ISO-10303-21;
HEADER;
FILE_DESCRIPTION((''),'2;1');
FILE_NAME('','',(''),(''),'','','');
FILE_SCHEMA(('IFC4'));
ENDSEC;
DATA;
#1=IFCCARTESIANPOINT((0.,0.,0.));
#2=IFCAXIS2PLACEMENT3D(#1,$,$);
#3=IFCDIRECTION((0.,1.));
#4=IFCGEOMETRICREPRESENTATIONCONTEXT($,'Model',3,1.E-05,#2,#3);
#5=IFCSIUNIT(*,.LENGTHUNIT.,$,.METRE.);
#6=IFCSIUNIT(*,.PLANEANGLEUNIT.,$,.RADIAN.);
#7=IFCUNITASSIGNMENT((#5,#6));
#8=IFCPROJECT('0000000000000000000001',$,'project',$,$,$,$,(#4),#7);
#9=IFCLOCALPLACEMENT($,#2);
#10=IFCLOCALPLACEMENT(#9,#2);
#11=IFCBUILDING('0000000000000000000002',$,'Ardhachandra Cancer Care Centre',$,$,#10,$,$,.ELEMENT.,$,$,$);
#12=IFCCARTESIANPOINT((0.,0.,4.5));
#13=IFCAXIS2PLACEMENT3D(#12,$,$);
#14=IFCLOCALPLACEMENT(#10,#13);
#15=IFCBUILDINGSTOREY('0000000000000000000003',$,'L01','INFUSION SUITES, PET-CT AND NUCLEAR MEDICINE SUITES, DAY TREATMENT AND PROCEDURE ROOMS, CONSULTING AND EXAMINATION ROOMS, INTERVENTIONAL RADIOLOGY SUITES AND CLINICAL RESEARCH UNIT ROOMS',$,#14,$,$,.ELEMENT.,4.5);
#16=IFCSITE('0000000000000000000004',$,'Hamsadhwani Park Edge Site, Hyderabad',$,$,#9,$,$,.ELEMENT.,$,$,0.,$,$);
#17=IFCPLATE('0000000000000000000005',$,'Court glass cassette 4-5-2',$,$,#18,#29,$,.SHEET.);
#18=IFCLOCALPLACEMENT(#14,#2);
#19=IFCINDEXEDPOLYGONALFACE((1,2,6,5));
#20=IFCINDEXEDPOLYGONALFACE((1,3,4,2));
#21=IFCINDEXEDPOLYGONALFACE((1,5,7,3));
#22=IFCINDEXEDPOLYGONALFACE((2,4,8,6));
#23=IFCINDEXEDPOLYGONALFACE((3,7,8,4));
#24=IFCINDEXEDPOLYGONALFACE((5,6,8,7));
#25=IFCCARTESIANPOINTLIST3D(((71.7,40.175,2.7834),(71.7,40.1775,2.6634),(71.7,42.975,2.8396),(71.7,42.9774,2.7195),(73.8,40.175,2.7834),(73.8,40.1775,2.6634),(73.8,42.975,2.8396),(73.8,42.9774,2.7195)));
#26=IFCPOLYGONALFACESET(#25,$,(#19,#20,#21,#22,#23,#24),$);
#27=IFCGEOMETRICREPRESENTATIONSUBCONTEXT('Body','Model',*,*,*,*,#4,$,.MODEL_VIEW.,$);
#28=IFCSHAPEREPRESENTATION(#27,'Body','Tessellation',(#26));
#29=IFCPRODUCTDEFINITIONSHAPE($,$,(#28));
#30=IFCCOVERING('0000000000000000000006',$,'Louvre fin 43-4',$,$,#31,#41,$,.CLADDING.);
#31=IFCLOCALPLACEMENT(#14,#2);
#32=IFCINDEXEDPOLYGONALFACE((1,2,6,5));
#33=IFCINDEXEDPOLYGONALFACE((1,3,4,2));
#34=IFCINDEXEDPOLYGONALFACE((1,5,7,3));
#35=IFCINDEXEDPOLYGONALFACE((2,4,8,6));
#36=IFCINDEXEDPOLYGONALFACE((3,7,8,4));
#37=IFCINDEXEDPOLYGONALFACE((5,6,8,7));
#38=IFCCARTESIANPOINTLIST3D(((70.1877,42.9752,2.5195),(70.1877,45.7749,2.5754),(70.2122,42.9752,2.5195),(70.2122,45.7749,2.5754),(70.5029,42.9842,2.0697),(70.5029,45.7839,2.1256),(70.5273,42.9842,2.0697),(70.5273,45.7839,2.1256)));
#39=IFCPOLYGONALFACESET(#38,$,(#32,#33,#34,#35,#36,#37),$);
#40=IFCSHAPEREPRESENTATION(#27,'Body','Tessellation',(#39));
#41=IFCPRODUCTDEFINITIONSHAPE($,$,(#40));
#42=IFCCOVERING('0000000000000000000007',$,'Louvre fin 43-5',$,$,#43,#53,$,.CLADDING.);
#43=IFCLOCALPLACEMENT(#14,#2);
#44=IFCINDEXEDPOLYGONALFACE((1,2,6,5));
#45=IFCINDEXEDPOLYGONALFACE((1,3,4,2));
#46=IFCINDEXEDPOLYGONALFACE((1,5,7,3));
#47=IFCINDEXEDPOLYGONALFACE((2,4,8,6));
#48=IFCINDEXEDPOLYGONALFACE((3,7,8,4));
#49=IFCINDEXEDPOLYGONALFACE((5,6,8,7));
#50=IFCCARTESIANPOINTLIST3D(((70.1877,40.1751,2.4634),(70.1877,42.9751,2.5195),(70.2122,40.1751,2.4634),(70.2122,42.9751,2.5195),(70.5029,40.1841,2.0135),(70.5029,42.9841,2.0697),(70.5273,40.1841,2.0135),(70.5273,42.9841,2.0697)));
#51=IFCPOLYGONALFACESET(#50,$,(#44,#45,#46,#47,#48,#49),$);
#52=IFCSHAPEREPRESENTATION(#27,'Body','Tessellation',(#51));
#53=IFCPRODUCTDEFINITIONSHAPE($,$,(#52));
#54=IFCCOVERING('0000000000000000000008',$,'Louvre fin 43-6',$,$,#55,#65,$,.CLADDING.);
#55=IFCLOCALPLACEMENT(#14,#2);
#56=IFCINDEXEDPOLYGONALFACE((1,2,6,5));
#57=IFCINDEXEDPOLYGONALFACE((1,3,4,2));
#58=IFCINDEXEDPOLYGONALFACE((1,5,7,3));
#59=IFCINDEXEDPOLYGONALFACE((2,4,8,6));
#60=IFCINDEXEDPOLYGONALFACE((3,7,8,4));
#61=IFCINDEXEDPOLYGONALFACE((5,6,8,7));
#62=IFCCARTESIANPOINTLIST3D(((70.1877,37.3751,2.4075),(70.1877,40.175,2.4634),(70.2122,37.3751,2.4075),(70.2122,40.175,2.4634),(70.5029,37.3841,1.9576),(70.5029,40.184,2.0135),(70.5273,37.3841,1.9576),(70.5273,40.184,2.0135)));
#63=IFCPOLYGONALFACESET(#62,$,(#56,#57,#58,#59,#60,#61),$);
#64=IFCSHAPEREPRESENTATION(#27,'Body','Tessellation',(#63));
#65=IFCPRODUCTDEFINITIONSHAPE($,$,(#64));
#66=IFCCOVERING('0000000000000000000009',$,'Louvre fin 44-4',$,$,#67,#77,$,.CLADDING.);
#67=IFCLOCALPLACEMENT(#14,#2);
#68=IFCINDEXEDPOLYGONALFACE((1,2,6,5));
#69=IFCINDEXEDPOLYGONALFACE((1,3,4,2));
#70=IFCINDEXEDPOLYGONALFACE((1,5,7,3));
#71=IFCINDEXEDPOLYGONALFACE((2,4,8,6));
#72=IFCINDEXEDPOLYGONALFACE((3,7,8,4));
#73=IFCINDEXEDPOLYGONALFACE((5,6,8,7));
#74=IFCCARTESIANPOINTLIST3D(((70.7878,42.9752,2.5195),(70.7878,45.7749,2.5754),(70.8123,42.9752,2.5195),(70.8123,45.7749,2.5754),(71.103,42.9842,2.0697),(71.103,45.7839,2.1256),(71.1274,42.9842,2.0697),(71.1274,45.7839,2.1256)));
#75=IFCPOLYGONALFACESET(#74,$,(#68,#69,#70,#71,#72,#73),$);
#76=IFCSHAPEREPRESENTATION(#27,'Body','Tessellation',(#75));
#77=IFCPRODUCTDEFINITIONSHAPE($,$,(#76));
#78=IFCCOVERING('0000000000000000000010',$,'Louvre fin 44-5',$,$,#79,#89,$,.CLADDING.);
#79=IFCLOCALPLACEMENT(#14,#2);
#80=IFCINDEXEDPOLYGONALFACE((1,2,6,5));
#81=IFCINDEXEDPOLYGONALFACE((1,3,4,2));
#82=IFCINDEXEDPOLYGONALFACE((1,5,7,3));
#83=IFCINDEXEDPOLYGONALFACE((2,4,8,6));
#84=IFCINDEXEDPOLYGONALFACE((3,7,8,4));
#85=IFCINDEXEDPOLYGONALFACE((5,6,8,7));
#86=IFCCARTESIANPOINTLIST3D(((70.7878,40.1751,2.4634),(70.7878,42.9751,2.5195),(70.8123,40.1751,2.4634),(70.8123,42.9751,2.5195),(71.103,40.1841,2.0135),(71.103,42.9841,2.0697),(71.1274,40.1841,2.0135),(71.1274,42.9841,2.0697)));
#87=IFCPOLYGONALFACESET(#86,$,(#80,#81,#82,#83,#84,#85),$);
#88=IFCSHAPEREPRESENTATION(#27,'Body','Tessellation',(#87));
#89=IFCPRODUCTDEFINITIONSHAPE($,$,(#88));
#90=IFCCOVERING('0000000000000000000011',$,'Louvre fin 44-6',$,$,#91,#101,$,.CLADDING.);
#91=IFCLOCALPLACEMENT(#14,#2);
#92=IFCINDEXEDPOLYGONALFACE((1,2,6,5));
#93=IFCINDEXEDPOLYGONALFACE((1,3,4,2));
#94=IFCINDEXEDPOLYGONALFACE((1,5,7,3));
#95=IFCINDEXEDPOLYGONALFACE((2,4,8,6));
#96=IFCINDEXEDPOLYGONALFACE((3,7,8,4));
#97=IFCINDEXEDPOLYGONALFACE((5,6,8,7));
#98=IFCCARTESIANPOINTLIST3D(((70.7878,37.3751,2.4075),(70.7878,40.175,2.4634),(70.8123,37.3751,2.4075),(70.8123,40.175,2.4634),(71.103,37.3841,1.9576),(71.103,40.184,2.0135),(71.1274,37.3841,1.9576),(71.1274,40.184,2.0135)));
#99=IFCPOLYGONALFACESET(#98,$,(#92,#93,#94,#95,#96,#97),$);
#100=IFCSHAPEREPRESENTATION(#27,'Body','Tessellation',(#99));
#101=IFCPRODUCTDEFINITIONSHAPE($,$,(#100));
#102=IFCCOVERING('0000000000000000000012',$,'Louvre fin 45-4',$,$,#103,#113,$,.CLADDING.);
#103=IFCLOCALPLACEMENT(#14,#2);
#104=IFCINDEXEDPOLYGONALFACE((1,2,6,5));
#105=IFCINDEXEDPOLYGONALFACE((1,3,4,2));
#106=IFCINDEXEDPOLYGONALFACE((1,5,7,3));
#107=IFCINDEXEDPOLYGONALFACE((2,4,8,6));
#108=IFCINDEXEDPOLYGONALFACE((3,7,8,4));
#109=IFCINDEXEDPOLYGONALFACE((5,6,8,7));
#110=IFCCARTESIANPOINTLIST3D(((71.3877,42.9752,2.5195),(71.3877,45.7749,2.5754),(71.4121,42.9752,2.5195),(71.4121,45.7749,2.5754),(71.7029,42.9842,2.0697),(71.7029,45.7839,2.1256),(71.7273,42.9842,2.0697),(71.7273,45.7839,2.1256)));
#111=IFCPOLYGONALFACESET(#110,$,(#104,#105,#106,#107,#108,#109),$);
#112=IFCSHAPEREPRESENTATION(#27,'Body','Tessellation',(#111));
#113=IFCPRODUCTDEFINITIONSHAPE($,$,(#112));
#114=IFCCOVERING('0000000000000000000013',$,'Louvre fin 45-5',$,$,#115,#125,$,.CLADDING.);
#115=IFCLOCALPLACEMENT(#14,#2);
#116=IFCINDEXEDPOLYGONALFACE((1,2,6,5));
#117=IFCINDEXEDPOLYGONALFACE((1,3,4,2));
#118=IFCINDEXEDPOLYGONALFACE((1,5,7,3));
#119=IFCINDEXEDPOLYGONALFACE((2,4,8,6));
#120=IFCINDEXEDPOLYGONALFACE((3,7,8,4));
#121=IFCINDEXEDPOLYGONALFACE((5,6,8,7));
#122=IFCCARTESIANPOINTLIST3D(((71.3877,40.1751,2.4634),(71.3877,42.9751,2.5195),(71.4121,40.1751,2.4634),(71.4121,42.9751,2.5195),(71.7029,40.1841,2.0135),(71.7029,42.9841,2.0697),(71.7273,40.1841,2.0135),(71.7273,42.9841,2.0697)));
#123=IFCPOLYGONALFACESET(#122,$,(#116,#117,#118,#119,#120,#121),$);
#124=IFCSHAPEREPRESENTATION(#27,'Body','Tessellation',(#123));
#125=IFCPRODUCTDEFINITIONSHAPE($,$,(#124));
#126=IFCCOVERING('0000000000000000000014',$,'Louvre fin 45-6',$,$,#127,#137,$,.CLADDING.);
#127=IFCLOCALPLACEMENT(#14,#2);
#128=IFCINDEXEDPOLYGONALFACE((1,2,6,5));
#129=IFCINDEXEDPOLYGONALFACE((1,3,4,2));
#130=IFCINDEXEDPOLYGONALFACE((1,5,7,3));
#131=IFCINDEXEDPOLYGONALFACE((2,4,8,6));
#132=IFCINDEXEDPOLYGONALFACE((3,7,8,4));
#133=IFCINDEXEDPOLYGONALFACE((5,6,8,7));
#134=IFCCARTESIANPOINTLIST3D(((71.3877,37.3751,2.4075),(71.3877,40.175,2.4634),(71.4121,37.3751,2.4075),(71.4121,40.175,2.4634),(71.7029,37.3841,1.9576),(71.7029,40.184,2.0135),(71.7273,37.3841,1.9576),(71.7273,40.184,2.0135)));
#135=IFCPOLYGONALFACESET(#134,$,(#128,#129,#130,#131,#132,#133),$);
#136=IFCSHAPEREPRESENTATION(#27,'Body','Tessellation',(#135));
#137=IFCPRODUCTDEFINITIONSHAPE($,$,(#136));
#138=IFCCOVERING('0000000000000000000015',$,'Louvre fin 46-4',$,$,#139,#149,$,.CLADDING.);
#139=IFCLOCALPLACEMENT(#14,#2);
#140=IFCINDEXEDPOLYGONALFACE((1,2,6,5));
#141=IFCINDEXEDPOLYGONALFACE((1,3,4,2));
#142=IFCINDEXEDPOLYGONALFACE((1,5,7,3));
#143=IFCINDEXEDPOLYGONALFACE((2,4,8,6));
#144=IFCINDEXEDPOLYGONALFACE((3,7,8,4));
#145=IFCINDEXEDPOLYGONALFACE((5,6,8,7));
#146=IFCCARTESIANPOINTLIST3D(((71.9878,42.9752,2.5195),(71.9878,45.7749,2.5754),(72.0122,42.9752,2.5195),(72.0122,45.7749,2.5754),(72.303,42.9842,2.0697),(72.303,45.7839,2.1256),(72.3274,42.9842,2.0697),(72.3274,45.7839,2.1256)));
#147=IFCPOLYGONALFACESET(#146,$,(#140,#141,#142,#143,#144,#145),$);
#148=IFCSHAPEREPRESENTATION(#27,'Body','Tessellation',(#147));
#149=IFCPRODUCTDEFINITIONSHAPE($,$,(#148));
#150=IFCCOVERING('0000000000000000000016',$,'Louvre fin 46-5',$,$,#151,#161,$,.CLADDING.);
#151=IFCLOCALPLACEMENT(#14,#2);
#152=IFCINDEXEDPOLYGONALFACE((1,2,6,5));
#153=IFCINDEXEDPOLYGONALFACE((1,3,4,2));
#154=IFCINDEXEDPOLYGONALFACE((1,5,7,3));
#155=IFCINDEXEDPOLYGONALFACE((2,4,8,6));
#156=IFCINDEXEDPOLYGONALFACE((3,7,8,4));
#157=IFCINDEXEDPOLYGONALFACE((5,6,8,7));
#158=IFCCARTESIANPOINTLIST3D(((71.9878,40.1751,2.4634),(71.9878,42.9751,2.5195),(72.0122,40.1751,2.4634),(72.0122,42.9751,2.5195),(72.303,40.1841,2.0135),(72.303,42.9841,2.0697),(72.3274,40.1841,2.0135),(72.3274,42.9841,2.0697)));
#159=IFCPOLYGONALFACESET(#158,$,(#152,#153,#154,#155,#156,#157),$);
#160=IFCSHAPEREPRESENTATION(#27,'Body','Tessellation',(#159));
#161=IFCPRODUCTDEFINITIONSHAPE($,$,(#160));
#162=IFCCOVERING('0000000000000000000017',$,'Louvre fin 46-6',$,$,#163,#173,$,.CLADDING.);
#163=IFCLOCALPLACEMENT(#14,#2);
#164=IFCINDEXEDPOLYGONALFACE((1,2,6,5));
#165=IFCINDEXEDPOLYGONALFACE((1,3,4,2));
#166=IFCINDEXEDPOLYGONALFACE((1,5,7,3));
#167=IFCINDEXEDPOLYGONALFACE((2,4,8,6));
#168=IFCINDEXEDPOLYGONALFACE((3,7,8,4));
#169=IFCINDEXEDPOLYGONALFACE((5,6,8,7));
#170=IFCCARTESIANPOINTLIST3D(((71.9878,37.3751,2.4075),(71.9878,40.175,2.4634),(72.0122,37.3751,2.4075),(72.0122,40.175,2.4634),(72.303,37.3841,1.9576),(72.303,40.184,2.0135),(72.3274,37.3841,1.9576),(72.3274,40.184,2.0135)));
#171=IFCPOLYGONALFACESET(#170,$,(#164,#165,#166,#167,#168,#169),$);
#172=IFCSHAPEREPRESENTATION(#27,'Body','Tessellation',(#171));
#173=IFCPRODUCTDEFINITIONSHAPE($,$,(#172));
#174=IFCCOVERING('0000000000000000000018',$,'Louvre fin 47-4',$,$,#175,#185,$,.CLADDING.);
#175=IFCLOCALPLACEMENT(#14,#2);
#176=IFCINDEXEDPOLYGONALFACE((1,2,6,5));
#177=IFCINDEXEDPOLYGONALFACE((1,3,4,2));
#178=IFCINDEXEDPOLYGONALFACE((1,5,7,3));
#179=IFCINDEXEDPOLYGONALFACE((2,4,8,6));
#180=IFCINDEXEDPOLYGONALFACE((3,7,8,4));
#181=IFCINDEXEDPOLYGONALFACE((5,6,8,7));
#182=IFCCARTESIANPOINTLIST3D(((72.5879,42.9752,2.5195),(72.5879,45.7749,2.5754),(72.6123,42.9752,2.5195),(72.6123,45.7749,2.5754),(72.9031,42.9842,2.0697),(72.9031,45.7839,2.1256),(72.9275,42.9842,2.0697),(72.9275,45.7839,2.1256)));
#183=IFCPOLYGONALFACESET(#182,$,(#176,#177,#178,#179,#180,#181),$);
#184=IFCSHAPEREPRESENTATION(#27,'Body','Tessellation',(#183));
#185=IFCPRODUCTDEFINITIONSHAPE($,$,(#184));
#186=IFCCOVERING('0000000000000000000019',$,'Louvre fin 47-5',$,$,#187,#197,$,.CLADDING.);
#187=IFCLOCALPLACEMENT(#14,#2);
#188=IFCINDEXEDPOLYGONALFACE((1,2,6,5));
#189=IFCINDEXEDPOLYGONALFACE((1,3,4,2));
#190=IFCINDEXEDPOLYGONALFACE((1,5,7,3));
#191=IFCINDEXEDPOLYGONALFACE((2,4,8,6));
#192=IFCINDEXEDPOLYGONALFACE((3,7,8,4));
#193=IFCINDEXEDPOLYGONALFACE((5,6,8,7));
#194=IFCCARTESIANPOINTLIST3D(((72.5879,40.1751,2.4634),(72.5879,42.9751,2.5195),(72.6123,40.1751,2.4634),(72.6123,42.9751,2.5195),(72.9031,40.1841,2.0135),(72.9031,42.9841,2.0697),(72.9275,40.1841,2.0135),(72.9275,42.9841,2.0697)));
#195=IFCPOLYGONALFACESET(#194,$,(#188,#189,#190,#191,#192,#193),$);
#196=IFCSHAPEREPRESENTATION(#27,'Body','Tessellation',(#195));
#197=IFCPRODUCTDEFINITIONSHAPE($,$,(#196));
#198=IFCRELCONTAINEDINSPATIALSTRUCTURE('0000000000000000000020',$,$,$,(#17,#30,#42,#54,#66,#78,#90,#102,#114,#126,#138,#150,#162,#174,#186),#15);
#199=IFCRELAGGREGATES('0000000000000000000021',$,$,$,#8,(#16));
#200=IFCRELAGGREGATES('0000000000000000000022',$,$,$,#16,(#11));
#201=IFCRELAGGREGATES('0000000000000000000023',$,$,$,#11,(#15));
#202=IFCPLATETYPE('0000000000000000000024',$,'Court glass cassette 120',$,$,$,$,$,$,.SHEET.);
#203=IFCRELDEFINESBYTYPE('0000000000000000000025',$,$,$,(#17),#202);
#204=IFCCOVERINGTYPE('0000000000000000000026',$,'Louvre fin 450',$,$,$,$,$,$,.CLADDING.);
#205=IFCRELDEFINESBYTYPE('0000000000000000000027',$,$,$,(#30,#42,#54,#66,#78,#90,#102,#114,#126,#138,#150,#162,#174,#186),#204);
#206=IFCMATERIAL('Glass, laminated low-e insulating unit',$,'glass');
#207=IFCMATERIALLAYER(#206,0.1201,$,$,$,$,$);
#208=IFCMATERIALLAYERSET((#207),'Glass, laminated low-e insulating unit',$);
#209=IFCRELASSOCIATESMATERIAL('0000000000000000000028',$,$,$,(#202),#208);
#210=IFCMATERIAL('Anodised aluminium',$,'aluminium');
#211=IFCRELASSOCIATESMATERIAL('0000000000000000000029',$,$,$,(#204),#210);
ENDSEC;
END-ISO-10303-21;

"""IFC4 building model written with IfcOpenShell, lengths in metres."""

from ifc_helpers import new_model, si_unit, direction, frame, origin, place, context, subcontext, project, spatial, polyline, outline, extrude, material, layer, layer_set, material_profile, profile_set, type_object, element, save


model = new_model("IFC4")

# Units and contexts
model_context = context("Model", 3, precision=1e-05, world=origin(), true_north=direction((0.0, 1.0)))
body_context = subcontext(model_context, "Body", "Model", "MODEL_VIEW")
ifc_project = project(units=[si_unit("LENGTHUNIT", "METRE"), si_unit("PLANEANGLEUNIT", "RADIAN")], contexts=[model_context])

# Site, building, storey
site_placement = place(None, origin())
site = spatial("IfcSite", under=ifc_project, at=site_placement, Name="Hamsadhwani Park Edge Site, Hyderabad", CompositionType="ELEMENT", RefElevation=0.0)
building_placement = place(site_placement, origin())
building = spatial("IfcBuilding", under=site, at=building_placement, Name="Ardhachandra Cancer Care Centre", CompositionType="ELEMENT")
storey_placement = place(building_placement, frame((0.0, 0.0, 4.5)))
storey = spatial("IfcBuildingStorey", under=building, at=storey_placement, Name="L01", Description="INFUSION SUITES, PET-CT AND NUCLEAR MEDICINE SUITES, DAY TREATMENT AND PROCEDURE ROOMS, CONSULTING AND EXAMINATION ROOMS, INTERVENTIONAL RADIOLOGY SUITES AND CLINICAL RESEARCH UNIT ROOMS", CompositionType="ELEMENT", Elevation=4.5)

# Plate
ifc_material_1 = material(Name="Glass, laminated low-e insulating unit", Category="glass")
ifc_layer = layer(ifc_material_1, 0.1201)
ifc_layer_set = layer_set([ifc_layer], Name="Glass, laminated low-e insulating unit")
plate_type = type_object("IfcPlateType", Name="Court glass cassette 120", PredefinedType="SHEET", material=ifc_layer_set)
plate_1_placement = place(storey_placement, frame((71.7, 40.175, 2.7834), z_axis=(0.0, -0.02005, 0.999799), x_axis=(0.0, 0.999799, 0.02005)))
element("IfcPlate", 1, at=plate_1_placement, inside=storey, type_object=plate_type, Name="Court glass cassette 4-5-2", PredefinedType="SHEET", context=body_context, shape_type="SweptSolid", body=[
    extrude(outline(polyline([(0.0, -2.1001), (2.8005, -2.1001), (2.8005, 0.0), (0.0, 0.0), (0.0, -2.1001)])), frame((0.0, 0.0, -0.1201)), (0.0, 0.0, 1.0), 0.1201),
])

# Coverings
ifc_material_2 = material(Name="Anodised aluminium", Category="aluminium")
ifc_material_profile_1 = material_profile(ifc_material_2, outline(polyline([(-0.0122, 0.0), (0.0122, 0.0), (0.3274, -0.45), (0.303, -0.45), (-0.0122, 0.0)])), Name="Louvre fin 450")
ifc_profile_set_1 = profile_set([ifc_material_profile_1], Name="Anodised aluminium")
covering_type = type_object("IfcCoveringType", Name="Louvre fin 450", PredefinedType="CLADDING", material=ifc_profile_set_1)
covering_1_placement = place(storey_placement, frame((70.2, 45.7749, 2.5754), z_axis=(0.0, -0.999801, -0.019965), x_axis=(1.0, 0.0, 0.0)))
element("IfcCovering", 2, at=covering_1_placement, inside=storey, type_object=covering_type, Name="Louvre fin 43-4", PredefinedType="CLADDING", context=body_context, shape_type="SweptSolid", body=[
    extrude(outline(polyline([(-0.0122, 0.0), (0.0122, 0.0), (0.3274, -0.45), (0.303, -0.45), (-0.0122, 0.0)])), origin(), (0.0, 0.0, 1.0), 2.8003),
])
for number, where, z_axis, x_axis, name in (
    (3, (70.2, 42.9751, 2.5195), (0.0, -0.999799, -0.02005), (1.0, 0.0, 0.0), "Louvre fin 43-5"),
    (4, (70.2, 40.175, 2.4634), (0.0, -0.999801, -0.019963), (1.0, 0.0, 0.0), "Louvre fin 43-6"),
):
    element("IfcCovering", number, at=place(storey_placement, frame(where, z_axis=z_axis, x_axis=x_axis)), inside=storey, type_object=covering_type, Name=name, PredefinedType="CLADDING", context=body_context, shape_type="SweptSolid", body=[
        extrude(outline(polyline([(-0.0122, 0.0), (0.0122, 0.0), (0.3274, -0.45), (0.303, -0.45), (-0.0122, 0.0)])), origin(), (0.0, 0.0, 1.0), 2.8005),
    ])
covering_2_placement = place(storey_placement, frame((70.8, 45.7749, 2.5754), z_axis=(0.0, -0.999801, -0.019965), x_axis=(1.0, 0.0, 0.0)))
element("IfcCovering", 5, at=covering_2_placement, inside=storey, type_object=covering_type, Name="Louvre fin 44-4", PredefinedType="CLADDING", context=body_context, shape_type="SweptSolid", body=[
    extrude(outline(polyline([(-0.0122, 0.0), (0.0122, 0.0), (0.3274, -0.45), (0.303, -0.45), (-0.0122, 0.0)])), origin(), (0.0, 0.0, 1.0), 2.8003),
])
for number, where, z_axis, x_axis, name in (
    (6, (70.8, 42.9751, 2.5195), (0.0, -0.999799, -0.02005), (1.0, 0.0, 0.0), "Louvre fin 44-5"),
    (7, (70.8, 40.175, 2.4634), (0.0, -0.999801, -0.019963), (1.0, 0.0, 0.0), "Louvre fin 44-6"),
):
    element("IfcCovering", number, at=place(storey_placement, frame(where, z_axis=z_axis, x_axis=x_axis)), inside=storey, type_object=covering_type, Name=name, PredefinedType="CLADDING", context=body_context, shape_type="SweptSolid", body=[
        extrude(outline(polyline([(-0.0122, 0.0), (0.0122, 0.0), (0.3274, -0.45), (0.303, -0.45), (-0.0122, 0.0)])), origin(), (0.0, 0.0, 1.0), 2.8005),
    ])
covering_3_placement = place(storey_placement, frame((71.3999, 45.7749, 2.5754), z_axis=(0.0, -0.999801, -0.019965), x_axis=(1.0, 0.0, 0.0)))
element("IfcCovering", 8, at=covering_3_placement, inside=storey, type_object=covering_type, Name="Louvre fin 45-4", PredefinedType="CLADDING", context=body_context, shape_type="SweptSolid", body=[
    extrude(outline(polyline([(-0.0122, 0.0), (0.0122, 0.0), (0.3274, -0.45), (0.303, -0.45), (-0.0122, 0.0)])), origin(), (0.0, 0.0, 1.0), 2.8003),
])
for number, where, z_axis, x_axis, name in (
    (9, (71.3999, 42.9751, 2.5195), (0.0, -0.999799, -0.02005), (1.0, 0.0, 0.0), "Louvre fin 45-5"),
    (10, (71.3999, 40.175, 2.4634), (0.0, -0.999801, -0.019963), (1.0, 0.0, 0.0), "Louvre fin 45-6"),
):
    element("IfcCovering", number, at=place(storey_placement, frame(where, z_axis=z_axis, x_axis=x_axis)), inside=storey, type_object=covering_type, Name=name, PredefinedType="CLADDING", context=body_context, shape_type="SweptSolid", body=[
        extrude(outline(polyline([(-0.0122, 0.0), (0.0122, 0.0), (0.3274, -0.45), (0.303, -0.45), (-0.0122, 0.0)])), origin(), (0.0, 0.0, 1.0), 2.8005),
    ])
covering_4_placement = place(storey_placement, frame((72.0, 45.7749, 2.5754), z_axis=(0.0, -0.999801, -0.019965), x_axis=(1.0, 0.0, 0.0)))
element("IfcCovering", 11, at=covering_4_placement, inside=storey, type_object=covering_type, Name="Louvre fin 46-4", PredefinedType="CLADDING", context=body_context, shape_type="SweptSolid", body=[
    extrude(outline(polyline([(-0.0122, 0.0), (0.0122, 0.0), (0.3274, -0.45), (0.303, -0.45), (-0.0122, 0.0)])), origin(), (0.0, 0.0, 1.0), 2.8003),
])
for number, where, z_axis, x_axis, name in (
    (12, (72.0, 42.9751, 2.5195), (0.0, -0.999799, -0.02005), (1.0, 0.0, 0.0), "Louvre fin 46-5"),
    (13, (72.0, 40.175, 2.4634), (0.0, -0.999801, -0.019963), (1.0, 0.0, 0.0), "Louvre fin 46-6"),
):
    element("IfcCovering", number, at=place(storey_placement, frame(where, z_axis=z_axis, x_axis=x_axis)), inside=storey, type_object=covering_type, Name=name, PredefinedType="CLADDING", context=body_context, shape_type="SweptSolid", body=[
        extrude(outline(polyline([(-0.0122, 0.0), (0.0122, 0.0), (0.3274, -0.45), (0.303, -0.45), (-0.0122, 0.0)])), origin(), (0.0, 0.0, 1.0), 2.8005),
    ])
covering_5_placement = place(storey_placement, frame((72.6001, 45.7749, 2.5754), z_axis=(0.0, -0.999801, -0.019965), x_axis=(1.0, 0.0, 0.0)))
element("IfcCovering", 14, at=covering_5_placement, inside=storey, type_object=covering_type, Name="Louvre fin 47-4", PredefinedType="CLADDING", context=body_context, shape_type="SweptSolid", body=[
    extrude(outline(polyline([(-0.0122, 0.0), (0.0122, 0.0), (0.3274, -0.45), (0.303, -0.45), (-0.0122, 0.0)])), origin(), (0.0, 0.0, 1.0), 2.8003),
])
for number, where, z_axis, x_axis, name in (
    (15, (72.6001, 42.9751, 2.5195), (0.0, -0.999799, -0.02005), (1.0, 0.0, 0.0), "Louvre fin 47-5"),
):
    element("IfcCovering", number, at=place(storey_placement, frame(where, z_axis=z_axis, x_axis=x_axis)), inside=storey, type_object=covering_type, Name=name, PredefinedType="CLADDING", context=body_context, shape_type="SweptSolid", body=[
        extrude(outline(polyline([(-0.0122, 0.0), (0.0122, 0.0), (0.3274, -0.45), (0.303, -0.45), (-0.0122, 0.0)])), origin(), (0.0, 0.0, 1.0), 2.8005),
    ])

save(model, "model.ifc")
